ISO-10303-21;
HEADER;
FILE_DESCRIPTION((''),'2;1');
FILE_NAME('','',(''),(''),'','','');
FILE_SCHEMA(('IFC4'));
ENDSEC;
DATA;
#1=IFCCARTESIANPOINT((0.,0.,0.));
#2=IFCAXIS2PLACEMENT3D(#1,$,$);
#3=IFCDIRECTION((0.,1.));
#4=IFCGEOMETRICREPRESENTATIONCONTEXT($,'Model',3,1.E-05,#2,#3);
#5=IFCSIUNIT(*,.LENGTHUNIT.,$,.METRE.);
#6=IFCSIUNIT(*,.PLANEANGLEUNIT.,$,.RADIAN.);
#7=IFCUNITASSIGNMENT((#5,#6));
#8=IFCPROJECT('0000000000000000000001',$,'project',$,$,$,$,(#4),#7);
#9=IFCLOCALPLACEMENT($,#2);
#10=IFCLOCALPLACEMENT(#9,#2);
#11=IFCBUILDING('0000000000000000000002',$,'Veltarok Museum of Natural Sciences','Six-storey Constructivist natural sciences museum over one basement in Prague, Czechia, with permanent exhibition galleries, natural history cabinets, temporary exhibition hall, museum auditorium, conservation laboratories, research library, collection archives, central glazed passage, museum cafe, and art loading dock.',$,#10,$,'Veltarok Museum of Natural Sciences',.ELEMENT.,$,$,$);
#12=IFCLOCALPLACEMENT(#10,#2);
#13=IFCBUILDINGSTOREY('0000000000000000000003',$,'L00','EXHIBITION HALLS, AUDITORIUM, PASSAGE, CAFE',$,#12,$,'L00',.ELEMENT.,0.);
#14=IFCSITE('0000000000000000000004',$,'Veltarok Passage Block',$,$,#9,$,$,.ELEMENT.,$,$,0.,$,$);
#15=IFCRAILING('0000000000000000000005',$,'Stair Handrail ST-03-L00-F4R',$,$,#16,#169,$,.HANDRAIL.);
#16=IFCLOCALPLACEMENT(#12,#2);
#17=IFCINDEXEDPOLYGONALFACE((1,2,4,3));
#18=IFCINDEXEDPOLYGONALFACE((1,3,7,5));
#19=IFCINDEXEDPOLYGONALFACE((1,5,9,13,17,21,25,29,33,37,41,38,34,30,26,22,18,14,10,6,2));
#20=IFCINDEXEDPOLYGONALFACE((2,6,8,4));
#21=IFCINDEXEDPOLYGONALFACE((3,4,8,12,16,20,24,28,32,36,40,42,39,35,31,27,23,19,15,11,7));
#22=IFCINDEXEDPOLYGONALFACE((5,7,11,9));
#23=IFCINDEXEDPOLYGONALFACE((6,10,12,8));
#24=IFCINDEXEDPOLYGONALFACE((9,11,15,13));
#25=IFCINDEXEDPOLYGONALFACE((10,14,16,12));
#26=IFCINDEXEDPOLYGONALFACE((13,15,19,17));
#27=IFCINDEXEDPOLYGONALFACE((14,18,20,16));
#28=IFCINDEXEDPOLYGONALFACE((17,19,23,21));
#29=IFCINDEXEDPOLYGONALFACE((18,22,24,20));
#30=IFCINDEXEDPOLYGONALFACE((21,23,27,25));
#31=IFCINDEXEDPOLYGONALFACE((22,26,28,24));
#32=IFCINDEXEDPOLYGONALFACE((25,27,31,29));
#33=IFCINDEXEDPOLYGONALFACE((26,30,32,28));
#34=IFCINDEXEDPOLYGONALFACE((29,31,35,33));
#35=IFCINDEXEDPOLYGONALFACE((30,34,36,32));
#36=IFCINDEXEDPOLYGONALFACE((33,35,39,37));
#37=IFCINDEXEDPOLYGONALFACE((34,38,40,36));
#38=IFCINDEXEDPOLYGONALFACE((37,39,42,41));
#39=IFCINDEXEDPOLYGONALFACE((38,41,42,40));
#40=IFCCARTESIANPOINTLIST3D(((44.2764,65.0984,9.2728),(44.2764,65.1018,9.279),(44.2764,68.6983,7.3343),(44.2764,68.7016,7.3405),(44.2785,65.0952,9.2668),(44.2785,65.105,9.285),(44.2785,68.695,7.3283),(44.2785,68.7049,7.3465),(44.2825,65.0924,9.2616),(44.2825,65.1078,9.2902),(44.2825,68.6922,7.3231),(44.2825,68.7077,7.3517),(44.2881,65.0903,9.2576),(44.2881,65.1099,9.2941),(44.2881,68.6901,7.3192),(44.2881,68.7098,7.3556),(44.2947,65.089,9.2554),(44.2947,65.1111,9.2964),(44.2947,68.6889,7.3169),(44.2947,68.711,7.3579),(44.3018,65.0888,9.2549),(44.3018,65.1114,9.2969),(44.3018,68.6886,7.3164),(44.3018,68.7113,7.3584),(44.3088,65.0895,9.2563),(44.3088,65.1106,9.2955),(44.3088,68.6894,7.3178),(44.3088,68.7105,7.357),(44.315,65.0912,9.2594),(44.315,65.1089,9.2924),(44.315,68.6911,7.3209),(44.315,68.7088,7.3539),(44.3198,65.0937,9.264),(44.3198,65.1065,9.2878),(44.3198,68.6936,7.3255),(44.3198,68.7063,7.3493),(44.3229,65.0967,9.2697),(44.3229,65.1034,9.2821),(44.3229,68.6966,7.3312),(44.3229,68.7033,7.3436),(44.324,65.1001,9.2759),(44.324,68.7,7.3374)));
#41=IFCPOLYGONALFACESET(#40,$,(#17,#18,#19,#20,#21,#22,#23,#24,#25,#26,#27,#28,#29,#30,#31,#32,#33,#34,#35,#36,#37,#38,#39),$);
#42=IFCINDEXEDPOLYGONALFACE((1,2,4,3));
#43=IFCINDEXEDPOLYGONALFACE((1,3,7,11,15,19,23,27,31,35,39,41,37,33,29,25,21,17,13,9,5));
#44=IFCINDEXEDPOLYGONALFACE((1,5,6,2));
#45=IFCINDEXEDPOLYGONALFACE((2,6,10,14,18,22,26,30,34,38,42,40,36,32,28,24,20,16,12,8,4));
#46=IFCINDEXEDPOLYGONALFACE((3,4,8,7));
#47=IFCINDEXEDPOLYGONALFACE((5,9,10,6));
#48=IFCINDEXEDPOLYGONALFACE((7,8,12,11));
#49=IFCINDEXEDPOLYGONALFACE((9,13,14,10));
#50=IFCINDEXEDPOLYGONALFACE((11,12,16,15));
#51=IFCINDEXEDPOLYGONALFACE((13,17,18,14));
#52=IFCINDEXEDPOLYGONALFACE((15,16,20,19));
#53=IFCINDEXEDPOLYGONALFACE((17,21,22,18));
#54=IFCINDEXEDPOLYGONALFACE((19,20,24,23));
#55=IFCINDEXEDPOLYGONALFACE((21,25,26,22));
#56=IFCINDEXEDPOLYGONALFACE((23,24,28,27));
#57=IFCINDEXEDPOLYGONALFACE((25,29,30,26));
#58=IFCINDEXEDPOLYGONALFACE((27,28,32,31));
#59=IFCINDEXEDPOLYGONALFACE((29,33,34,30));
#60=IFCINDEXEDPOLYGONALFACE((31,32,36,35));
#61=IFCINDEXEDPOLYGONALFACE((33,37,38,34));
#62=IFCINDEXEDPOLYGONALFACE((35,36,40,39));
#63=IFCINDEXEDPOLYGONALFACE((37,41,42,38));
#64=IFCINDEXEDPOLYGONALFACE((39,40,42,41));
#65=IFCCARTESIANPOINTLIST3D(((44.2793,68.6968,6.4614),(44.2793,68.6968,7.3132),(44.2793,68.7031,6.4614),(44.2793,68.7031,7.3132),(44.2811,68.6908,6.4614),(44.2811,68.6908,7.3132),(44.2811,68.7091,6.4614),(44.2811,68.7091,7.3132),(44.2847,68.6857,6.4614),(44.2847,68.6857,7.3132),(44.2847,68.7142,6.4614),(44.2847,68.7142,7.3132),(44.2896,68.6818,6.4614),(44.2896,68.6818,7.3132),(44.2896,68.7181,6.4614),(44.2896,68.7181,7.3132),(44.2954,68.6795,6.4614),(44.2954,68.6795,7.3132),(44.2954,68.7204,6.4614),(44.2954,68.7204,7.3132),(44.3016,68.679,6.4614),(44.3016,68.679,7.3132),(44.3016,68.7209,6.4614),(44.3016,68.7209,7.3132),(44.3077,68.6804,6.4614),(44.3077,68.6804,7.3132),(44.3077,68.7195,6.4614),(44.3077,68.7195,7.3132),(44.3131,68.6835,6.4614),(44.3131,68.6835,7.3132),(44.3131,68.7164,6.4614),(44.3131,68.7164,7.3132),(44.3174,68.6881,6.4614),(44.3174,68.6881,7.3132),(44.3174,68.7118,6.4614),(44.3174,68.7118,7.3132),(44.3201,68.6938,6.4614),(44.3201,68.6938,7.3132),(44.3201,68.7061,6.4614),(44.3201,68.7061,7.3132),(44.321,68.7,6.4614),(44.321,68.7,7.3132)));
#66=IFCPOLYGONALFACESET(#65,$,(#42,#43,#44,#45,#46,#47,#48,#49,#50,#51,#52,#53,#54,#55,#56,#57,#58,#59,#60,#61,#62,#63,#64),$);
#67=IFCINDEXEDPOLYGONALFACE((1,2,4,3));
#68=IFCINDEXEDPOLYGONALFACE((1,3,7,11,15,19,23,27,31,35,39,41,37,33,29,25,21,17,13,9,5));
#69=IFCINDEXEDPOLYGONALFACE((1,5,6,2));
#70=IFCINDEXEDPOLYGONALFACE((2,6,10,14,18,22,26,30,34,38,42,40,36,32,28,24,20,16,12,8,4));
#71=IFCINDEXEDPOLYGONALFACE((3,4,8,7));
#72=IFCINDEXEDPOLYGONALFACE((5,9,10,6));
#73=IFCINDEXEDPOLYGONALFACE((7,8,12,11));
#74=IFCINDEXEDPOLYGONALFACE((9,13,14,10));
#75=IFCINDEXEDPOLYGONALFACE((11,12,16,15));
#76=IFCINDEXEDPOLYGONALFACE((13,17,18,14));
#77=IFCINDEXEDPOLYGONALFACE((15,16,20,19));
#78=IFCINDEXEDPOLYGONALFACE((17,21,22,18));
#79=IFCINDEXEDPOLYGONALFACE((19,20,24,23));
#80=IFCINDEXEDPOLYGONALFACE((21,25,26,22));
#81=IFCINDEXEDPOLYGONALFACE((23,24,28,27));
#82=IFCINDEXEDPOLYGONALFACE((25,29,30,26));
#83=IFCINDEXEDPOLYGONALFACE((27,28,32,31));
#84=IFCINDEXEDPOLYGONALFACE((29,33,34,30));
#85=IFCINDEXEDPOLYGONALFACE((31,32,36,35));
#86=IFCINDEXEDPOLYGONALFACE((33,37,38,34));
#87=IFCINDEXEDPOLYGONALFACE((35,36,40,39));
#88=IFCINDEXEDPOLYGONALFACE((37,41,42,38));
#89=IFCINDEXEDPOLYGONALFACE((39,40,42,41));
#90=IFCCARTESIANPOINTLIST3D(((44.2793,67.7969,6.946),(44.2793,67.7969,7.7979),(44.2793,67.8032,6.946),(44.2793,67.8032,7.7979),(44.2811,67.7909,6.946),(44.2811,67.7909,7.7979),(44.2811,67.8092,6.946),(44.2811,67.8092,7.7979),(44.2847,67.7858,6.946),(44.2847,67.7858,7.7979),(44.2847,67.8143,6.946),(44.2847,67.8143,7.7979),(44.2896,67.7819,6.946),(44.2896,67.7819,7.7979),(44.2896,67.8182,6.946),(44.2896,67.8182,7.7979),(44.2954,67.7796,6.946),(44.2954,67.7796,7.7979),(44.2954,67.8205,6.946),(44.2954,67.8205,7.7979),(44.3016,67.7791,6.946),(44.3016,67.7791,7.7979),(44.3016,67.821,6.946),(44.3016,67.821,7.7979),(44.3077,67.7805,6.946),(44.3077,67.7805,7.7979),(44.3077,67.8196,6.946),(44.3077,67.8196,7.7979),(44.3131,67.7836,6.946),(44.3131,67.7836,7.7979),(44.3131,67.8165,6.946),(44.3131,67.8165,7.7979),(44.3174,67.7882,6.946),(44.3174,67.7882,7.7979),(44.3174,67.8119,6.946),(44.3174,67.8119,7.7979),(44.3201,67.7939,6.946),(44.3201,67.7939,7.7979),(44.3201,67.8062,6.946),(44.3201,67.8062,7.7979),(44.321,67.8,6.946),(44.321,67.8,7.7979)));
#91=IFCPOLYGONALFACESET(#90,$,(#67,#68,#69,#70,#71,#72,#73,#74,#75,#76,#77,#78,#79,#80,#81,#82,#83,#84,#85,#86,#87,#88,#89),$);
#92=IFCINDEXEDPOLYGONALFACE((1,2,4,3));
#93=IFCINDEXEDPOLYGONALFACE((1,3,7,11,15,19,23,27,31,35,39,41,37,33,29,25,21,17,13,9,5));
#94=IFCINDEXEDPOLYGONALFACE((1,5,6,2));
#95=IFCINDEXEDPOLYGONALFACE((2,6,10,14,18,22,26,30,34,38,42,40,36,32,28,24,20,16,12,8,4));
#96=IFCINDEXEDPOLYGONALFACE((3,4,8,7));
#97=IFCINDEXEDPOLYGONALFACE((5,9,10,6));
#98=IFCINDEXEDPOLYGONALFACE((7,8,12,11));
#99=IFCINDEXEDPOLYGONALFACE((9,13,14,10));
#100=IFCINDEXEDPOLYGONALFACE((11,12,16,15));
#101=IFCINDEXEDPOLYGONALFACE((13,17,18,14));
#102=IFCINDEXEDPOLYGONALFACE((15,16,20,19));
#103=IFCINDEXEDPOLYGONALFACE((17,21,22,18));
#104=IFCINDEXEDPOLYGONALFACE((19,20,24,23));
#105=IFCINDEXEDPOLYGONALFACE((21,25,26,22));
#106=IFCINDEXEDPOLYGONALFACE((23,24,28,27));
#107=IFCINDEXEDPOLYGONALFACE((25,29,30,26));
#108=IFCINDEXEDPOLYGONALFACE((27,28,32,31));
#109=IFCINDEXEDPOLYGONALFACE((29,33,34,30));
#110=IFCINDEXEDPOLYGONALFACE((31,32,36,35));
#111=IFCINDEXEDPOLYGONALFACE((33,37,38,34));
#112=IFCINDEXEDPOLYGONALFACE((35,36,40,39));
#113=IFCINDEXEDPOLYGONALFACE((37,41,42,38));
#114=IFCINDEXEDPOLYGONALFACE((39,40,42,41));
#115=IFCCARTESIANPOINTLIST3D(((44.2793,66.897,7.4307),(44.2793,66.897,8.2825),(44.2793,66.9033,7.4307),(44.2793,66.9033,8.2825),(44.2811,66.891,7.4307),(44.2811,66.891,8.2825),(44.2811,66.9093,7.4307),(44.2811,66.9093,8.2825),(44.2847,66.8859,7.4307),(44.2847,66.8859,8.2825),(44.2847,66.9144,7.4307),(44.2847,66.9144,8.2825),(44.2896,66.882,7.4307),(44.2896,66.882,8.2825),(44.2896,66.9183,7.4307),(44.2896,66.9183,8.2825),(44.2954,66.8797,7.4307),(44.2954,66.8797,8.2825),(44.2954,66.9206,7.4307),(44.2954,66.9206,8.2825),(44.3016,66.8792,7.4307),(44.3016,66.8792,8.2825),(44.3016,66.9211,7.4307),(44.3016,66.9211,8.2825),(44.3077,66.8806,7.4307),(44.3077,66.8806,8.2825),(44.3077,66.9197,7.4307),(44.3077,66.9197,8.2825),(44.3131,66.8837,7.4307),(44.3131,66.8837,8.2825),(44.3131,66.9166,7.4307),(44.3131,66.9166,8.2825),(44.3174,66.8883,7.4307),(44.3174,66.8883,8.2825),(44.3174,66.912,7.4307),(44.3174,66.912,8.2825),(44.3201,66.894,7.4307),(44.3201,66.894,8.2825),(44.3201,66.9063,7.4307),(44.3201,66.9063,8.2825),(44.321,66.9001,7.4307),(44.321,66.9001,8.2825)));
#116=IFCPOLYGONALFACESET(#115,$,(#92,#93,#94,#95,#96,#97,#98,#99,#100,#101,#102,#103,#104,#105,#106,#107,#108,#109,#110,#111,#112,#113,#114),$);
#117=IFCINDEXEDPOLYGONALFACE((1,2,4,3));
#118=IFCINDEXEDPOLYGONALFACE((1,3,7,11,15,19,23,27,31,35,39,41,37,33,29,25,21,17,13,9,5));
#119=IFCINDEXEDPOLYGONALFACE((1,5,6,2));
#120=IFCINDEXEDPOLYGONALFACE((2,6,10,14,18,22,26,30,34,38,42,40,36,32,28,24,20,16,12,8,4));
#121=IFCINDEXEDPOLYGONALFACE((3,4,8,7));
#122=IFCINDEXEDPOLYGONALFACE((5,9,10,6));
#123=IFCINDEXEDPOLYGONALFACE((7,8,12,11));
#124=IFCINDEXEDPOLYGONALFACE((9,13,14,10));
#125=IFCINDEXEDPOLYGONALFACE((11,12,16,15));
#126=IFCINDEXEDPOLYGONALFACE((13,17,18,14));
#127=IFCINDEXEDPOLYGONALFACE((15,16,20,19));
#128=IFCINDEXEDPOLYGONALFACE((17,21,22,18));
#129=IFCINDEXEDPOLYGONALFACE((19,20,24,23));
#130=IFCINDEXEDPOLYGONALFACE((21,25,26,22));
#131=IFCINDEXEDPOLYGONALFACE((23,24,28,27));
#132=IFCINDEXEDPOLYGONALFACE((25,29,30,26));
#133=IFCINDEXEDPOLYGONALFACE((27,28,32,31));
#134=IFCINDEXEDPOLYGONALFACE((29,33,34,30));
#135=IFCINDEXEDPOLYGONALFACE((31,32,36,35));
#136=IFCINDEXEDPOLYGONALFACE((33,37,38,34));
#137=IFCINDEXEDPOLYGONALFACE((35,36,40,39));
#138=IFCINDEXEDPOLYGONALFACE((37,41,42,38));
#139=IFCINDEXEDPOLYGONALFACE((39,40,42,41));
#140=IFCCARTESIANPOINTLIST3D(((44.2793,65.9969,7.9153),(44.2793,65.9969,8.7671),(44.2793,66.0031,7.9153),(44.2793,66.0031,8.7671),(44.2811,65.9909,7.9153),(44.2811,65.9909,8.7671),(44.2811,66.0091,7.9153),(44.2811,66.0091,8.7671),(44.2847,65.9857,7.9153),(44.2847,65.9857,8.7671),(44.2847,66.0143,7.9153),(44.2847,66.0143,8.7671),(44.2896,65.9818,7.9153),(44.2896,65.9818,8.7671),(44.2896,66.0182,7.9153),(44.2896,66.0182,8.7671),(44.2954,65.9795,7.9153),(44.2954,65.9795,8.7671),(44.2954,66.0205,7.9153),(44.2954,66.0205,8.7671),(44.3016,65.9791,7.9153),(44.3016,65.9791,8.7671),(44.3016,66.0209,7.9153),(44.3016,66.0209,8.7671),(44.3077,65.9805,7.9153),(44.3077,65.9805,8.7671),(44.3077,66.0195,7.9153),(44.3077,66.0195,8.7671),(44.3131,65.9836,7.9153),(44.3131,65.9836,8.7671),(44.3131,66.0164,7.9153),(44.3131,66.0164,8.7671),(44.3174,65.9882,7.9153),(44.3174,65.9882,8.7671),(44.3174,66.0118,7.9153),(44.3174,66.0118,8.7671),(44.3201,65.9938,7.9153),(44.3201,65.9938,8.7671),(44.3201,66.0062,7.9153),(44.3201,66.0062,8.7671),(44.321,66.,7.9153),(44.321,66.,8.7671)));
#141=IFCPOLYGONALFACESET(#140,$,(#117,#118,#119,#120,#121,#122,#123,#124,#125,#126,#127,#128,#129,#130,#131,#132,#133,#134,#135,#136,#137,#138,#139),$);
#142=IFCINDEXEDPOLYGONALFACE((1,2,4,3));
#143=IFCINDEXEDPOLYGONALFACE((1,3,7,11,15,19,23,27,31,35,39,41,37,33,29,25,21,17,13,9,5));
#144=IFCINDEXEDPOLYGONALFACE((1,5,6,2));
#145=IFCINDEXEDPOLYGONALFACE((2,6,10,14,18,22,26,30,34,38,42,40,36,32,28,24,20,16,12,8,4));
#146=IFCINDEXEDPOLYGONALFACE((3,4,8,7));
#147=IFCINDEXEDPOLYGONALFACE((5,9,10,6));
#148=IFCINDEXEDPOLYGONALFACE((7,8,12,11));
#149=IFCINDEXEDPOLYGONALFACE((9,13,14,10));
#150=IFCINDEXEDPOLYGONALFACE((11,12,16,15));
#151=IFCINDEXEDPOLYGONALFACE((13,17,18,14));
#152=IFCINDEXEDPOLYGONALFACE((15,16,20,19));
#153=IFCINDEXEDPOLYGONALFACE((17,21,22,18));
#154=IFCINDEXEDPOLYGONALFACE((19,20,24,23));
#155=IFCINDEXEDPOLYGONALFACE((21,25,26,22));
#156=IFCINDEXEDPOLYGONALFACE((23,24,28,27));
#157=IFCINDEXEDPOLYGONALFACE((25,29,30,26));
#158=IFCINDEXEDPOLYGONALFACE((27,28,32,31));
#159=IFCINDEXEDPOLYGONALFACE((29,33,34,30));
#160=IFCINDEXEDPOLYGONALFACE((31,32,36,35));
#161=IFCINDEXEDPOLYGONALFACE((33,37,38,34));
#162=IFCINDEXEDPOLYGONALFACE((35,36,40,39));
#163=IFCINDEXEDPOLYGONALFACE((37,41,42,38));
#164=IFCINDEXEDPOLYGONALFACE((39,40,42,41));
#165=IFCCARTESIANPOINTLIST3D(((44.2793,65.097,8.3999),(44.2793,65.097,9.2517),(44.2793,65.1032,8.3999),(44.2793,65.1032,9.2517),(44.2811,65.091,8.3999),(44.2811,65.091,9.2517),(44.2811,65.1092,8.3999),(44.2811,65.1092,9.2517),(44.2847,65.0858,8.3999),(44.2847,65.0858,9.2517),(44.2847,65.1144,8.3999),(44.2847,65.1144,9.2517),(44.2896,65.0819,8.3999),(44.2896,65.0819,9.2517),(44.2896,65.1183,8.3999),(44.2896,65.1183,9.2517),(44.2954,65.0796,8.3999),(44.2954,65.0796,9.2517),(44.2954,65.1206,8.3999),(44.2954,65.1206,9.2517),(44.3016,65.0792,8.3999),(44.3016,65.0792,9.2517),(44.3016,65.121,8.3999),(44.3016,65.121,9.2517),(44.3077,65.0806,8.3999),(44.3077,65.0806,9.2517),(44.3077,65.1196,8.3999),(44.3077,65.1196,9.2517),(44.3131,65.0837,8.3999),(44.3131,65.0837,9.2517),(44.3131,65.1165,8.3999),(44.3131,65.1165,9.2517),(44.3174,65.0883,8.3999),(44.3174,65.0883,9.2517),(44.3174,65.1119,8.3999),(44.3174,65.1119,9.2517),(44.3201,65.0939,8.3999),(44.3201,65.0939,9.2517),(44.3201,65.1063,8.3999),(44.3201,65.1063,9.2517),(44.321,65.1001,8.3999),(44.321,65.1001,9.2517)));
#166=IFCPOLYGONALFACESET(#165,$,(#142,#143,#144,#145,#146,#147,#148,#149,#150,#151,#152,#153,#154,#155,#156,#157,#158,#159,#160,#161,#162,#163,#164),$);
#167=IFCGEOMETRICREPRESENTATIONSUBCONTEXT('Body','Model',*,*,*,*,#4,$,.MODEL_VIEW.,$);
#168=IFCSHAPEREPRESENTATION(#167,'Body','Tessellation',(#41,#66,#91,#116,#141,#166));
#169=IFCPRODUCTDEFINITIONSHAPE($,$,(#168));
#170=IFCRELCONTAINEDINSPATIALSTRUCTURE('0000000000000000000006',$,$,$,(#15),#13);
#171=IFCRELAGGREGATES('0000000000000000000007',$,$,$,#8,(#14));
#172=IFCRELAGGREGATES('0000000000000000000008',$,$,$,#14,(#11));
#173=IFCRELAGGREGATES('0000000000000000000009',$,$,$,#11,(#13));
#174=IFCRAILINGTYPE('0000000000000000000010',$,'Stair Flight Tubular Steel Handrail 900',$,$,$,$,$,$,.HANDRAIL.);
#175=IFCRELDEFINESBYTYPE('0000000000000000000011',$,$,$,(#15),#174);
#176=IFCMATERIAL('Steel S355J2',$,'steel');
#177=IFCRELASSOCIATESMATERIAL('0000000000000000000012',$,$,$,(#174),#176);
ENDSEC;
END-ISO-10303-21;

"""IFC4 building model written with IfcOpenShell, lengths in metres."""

from ifc_helpers import new_model, si_unit, direction, frame, origin, origin_2d, place, context, subcontext, project, spatial, circle, extrude, material, type_object, element, save


model = new_model("IFC4")

# Units and contexts
model_context = context("Model", 3, precision=1e-05, world=origin(), true_north=direction((0.0, 1.0)))
body_context = subcontext(model_context, "Body", "Model", "MODEL_VIEW")
ifc_project = project(units=[si_unit("LENGTHUNIT", "METRE"), si_unit("PLANEANGLEUNIT", "RADIAN")], contexts=[model_context])

# Site, building, storey
site_placement = place(None, origin())
site = spatial("IfcSite", under=ifc_project, at=site_placement, Name="Veltarok Passage Block", CompositionType="ELEMENT", RefElevation=0.0)
building_placement = place(site_placement, origin())
building = spatial("IfcBuilding", under=site, at=building_placement, Name="Veltarok Museum of Natural Sciences", Description="Six-storey Constructivist natural sciences museum over one basement in Prague, Czechia, with permanent exhibition galleries, natural history cabinets, temporary exhibition hall, museum auditorium, conservation laboratories, research library, collection archives, central glazed passage, museum cafe, and art loading dock.", LongName="Veltarok Museum of Natural Sciences", CompositionType="ELEMENT")
storey_placement = place(building_placement, origin())
storey = spatial("IfcBuildingStorey", under=building, at=storey_placement, Name="L00", Description="EXHIBITION HALLS, AUDITORIUM, PASSAGE, CAFE", LongName="L00", CompositionType="ELEMENT", Elevation=0.0)

# Railing
ifc_material_1 = material(Name="Steel S355J2", Category="steel")
railing_type_1 = type_object("IfcRailingType", Name="Stair Flight Tubular Steel Handrail 900", PredefinedType="HANDRAIL", material=ifc_material_1)
for number, where, name in (
    (1, (44.3, 68.7, 6.4614), "Stair Handrail ST-03-L00-F4R"),
):
    element("IfcRailing", number, at=place(storey_placement, frame(where)), inside=storey, type_object=railing_type_1, Name=name, PredefinedType="HANDRAIL", context=body_context, shape_type="SweptSolid", body=[
        extrude(circle(Radius=0.0239, at=origin_2d()), frame((0.0, 0.0, 0.876), z_axis=(0.0, -0.880462, 0.474118), x_axis=(1.0, 0.0, 0.0)), (0.0, 0.0, 1.0), 4.0886),
        extrude(circle(Radius=0.021, at=origin_2d()), origin(), (0.0, 0.0, 1.0), 0.8518),
        extrude(circle(Radius=0.021, at=origin_2d()), frame((0.0, -0.8999, 0.4846)), (0.0, 0.0, 1.0), 0.8518),
        extrude(circle(Radius=0.021, at=origin_2d()), frame((0.0, -1.7998, 0.9692)), (0.0, 0.0, 1.0), 0.8518),
        extrude(circle(Radius=0.021, at=origin_2d()), frame((0.0, -2.7, 1.4539)), (0.0, 0.0, 1.0), 0.8518),
        extrude(circle(Radius=0.021, at=origin_2d()), frame((0.0, -3.5999, 1.9385)), (0.0, 0.0, 1.0), 0.8518),
    ])

save(model, "model.ifc")
